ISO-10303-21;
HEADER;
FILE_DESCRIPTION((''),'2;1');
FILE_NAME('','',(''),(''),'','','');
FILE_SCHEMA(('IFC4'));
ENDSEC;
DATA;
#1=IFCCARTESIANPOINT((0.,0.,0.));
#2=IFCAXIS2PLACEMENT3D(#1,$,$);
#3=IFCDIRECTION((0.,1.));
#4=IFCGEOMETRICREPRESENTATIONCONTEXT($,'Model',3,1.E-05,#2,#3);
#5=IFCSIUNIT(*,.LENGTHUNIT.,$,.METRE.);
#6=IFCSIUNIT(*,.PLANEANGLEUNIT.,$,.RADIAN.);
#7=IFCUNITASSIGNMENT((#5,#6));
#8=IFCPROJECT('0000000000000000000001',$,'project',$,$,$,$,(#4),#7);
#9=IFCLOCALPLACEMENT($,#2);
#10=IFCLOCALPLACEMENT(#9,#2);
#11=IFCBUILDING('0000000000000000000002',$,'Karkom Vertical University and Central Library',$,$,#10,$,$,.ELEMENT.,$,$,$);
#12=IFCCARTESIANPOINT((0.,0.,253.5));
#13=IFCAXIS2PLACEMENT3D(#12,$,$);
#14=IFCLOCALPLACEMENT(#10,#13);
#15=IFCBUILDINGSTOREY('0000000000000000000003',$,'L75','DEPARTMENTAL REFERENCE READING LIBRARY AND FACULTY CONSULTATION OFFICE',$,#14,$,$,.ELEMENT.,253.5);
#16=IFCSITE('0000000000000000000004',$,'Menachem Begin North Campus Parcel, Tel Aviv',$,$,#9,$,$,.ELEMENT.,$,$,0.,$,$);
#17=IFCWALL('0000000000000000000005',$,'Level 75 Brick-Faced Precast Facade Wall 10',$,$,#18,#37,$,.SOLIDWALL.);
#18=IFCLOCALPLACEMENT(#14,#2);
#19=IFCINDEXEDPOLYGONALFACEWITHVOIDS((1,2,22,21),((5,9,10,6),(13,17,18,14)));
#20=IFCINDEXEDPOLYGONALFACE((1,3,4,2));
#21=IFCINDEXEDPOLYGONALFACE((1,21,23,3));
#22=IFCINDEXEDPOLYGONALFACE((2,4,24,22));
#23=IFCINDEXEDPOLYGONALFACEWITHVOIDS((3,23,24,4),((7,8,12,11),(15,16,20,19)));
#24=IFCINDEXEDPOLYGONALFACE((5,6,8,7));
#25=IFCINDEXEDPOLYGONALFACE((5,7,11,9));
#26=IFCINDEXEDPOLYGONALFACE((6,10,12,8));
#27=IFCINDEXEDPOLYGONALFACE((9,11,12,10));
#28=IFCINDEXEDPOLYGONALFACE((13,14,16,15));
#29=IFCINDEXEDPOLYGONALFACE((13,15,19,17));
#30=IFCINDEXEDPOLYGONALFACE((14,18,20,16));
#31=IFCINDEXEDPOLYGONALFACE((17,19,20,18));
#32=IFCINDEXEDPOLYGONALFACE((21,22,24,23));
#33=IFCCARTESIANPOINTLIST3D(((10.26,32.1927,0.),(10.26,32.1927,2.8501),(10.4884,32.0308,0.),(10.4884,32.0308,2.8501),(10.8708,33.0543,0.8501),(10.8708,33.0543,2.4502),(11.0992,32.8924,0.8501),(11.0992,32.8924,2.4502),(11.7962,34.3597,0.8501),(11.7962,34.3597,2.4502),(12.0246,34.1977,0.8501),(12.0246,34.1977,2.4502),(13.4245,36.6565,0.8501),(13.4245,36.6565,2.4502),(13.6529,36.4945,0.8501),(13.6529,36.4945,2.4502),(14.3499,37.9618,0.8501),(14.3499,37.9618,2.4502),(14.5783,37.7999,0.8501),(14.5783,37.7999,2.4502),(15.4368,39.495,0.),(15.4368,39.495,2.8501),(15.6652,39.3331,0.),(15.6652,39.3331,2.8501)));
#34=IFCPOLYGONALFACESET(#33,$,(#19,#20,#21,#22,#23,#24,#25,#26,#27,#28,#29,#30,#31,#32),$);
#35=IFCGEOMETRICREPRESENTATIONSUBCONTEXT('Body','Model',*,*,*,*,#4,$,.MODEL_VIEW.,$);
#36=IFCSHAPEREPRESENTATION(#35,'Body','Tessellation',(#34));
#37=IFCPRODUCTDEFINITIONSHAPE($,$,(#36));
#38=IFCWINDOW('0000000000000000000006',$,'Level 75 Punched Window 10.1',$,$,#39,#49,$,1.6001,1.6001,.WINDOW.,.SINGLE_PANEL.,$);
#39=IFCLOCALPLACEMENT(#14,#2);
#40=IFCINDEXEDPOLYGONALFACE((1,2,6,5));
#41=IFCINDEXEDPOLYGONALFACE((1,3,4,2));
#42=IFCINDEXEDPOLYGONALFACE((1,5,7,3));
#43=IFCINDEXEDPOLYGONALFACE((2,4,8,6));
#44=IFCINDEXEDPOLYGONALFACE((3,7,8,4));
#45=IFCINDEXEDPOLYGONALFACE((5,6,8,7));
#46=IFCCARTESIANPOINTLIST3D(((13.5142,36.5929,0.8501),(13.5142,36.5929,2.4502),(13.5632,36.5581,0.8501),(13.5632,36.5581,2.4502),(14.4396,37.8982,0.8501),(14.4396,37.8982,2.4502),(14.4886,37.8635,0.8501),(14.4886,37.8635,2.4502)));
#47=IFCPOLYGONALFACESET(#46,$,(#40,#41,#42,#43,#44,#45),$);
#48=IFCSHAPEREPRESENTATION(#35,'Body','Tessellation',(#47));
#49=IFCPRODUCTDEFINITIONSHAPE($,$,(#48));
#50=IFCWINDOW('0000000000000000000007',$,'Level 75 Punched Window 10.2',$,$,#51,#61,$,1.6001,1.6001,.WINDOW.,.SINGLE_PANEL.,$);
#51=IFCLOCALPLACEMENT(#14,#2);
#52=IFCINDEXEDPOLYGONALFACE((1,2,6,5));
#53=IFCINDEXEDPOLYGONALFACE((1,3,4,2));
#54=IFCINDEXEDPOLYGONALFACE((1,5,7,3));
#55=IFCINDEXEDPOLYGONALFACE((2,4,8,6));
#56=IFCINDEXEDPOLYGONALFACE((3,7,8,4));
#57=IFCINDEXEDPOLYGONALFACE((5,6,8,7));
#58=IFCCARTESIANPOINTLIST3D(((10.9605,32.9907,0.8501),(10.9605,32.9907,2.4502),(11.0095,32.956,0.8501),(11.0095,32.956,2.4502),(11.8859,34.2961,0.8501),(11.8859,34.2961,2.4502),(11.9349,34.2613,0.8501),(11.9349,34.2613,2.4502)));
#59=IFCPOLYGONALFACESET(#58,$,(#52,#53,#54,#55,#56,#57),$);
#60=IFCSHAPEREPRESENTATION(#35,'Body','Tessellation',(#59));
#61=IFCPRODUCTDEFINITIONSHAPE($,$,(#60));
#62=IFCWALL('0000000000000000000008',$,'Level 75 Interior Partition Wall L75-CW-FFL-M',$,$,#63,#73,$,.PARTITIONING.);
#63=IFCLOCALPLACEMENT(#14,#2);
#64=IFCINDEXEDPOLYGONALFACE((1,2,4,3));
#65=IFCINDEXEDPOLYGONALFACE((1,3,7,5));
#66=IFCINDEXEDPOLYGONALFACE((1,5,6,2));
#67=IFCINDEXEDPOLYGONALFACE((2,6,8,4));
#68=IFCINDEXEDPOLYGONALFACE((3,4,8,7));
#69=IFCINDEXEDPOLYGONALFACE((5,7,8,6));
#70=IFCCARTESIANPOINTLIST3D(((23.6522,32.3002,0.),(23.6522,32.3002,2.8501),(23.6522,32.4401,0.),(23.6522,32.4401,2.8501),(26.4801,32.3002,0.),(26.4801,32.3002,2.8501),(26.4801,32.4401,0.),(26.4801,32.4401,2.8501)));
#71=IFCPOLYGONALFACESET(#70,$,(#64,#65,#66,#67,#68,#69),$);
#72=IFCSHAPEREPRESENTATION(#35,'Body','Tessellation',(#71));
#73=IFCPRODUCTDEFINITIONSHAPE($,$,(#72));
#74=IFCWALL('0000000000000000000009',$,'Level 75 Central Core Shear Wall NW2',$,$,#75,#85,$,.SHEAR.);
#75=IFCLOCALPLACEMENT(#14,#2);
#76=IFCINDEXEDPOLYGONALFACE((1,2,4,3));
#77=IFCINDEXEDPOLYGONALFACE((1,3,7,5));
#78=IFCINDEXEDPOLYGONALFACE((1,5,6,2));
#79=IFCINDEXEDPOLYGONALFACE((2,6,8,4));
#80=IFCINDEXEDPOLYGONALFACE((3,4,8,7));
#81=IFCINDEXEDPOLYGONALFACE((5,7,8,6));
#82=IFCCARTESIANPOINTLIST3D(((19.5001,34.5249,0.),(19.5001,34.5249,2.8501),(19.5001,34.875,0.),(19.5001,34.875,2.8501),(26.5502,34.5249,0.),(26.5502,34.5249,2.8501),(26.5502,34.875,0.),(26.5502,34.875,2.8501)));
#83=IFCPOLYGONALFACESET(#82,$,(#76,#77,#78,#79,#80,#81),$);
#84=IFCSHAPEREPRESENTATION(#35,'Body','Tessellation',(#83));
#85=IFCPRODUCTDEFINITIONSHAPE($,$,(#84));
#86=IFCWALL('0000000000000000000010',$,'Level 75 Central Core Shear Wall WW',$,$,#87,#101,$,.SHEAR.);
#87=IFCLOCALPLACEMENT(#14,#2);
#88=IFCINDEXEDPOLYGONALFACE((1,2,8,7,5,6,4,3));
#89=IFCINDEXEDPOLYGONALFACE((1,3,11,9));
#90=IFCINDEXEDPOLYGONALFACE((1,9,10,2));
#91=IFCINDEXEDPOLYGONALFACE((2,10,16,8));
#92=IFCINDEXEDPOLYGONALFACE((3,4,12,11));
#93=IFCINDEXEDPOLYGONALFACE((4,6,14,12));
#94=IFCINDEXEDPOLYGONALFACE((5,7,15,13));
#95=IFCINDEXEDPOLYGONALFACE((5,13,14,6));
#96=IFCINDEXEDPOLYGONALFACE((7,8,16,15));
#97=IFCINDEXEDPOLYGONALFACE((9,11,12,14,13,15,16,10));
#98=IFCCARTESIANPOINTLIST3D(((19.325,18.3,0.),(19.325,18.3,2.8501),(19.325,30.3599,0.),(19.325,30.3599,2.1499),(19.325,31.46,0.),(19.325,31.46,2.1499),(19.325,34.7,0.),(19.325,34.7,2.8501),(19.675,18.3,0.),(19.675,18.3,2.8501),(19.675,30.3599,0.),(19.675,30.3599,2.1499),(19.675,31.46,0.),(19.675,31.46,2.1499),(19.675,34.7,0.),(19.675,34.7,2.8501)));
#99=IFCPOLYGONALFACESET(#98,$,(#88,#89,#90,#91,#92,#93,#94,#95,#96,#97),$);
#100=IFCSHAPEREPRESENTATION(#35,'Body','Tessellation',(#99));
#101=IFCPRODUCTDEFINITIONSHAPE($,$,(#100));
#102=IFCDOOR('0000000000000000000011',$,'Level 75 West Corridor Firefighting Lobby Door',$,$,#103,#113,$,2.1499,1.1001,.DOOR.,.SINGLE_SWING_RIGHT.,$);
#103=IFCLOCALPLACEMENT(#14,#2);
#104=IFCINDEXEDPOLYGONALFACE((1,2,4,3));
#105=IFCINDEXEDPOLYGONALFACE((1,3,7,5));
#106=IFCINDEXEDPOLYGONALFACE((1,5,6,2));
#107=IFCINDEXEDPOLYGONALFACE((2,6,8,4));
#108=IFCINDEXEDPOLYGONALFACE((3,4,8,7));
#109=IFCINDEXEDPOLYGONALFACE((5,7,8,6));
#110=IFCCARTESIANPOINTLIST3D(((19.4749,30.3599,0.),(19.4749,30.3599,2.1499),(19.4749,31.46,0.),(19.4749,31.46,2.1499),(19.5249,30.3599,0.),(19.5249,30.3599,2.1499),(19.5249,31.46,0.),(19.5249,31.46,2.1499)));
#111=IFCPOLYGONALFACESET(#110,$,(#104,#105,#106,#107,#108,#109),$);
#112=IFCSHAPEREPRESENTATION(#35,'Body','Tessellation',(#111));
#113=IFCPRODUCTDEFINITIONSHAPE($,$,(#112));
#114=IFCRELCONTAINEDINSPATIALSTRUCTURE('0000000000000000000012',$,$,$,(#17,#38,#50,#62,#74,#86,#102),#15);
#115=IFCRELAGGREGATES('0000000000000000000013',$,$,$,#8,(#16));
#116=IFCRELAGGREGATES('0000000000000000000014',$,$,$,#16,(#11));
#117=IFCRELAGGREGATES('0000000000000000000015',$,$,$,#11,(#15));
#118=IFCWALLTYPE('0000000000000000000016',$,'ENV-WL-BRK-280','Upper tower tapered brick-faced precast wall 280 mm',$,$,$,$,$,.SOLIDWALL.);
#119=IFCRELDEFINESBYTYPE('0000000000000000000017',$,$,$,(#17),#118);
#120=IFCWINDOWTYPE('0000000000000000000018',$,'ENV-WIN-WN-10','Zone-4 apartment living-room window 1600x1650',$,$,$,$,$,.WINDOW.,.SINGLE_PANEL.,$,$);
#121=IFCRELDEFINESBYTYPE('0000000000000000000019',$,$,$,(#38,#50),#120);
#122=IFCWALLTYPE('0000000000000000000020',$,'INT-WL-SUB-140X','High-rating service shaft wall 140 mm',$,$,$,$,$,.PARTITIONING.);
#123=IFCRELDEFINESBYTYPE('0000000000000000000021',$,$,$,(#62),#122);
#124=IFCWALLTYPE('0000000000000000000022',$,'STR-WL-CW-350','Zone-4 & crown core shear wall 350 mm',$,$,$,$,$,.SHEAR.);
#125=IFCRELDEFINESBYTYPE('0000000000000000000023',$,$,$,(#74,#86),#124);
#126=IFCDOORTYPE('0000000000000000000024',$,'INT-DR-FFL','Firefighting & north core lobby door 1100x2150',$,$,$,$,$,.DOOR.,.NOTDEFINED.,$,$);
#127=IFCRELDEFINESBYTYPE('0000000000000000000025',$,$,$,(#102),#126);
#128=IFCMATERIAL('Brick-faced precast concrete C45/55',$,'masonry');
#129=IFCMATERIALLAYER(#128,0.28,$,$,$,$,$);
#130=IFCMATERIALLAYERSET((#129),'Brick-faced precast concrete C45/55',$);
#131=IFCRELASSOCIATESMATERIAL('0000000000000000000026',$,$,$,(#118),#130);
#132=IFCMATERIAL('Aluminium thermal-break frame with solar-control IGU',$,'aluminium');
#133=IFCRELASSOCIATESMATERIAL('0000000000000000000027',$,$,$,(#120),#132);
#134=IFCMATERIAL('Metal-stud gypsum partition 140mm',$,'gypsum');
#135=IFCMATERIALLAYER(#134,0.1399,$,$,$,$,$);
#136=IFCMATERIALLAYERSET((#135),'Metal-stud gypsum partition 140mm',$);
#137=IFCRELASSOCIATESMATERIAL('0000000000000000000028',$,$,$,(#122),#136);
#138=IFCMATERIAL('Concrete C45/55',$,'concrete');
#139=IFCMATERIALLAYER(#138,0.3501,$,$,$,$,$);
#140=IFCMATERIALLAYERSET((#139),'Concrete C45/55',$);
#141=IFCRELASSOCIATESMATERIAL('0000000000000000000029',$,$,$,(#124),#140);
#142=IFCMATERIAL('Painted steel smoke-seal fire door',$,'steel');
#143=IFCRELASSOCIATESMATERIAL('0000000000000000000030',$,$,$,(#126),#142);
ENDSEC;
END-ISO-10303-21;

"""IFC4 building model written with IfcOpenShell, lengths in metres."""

from ifc_helpers import new_model, si_unit, direction, frame, frame_2d, origin, origin_with_axes, place, context, subcontext, project, spatial, rectangle, extrude, source, transform, mapped, material, layer, layer_set, type_object, element, fill, save


model = new_model("IFC4")

# Units and contexts
model_context = context("Model", 3, precision=1e-05, world=origin(), true_north=direction((0.0, 1.0)))
body_context = subcontext(model_context, "Body", "Model", "MODEL_VIEW")
ifc_project = project(units=[si_unit("LENGTHUNIT", "METRE"), si_unit("PLANEANGLEUNIT", "RADIAN")], contexts=[model_context])

# Site, building, storey
site_placement = place(None, origin())
site = spatial("IfcSite", under=ifc_project, at=site_placement, Name="Menachem Begin North Campus Parcel, Tel Aviv", CompositionType="ELEMENT", RefElevation=0.0)
building_placement = place(site_placement, origin())
building = spatial("IfcBuilding", under=site, at=building_placement, Name="Karkom Vertical University and Central Library", CompositionType="ELEMENT")
storey_placement = place(building_placement, frame((0.0, 0.0, 253.5)))
storey = spatial("IfcBuildingStorey", under=building, at=storey_placement, Name="L75", Description="DEPARTMENTAL REFERENCE READING LIBRARY AND FACULTY CONSULTATION OFFICE", CompositionType="ELEMENT", Elevation=253.5)

# Shared definitions
ifc_material_1 = material(Name="Concrete C45/55", Category="concrete")

# Shared definitions
ifc_material_2 = material(Name="Brick-faced precast concrete C45/55", Category="masonry")
ifc_layer_1 = layer(ifc_material_2, 0.28)
ifc_layer_set_1 = layer_set([ifc_layer_1], Name="Brick-faced precast concrete C45/55")
wall_type_1 = type_object("IfcWallType", Name="ENV-WL-BRK-280", Description="Upper tower tapered brick-faced precast wall 280 mm", PredefinedType="SOLIDWALL", material=ifc_layer_set_1)
ifc_material_3 = material(Name="Aluminium thermal-break frame with solar-control IGU", Category="aluminium")
window_type = type_object("IfcWindowType", Name="ENV-WIN-WN-10", Description="Zone-4 apartment living-room window 1600x1650", PartitioningType="SINGLE_PANEL", PredefinedType="WINDOW", material=ifc_material_3)
shared_shape_1 = source(origin_with_axes(), body_context, "Body", "SweptSolid", [
    extrude(rectangle(XDim=1.6001, YDim=1.6001, at=frame_2d((0.8, 0.8))), frame((0.0, 0.03, 0.0), z_axis=(0.0, -1.0, 0.0), x_axis=(1.0, 0.0, 0.0)), (0.0, 0.0, 1.0), 0.0601),
])

# Wall, openings, windows
wall_1_placement = place(storey_placement, frame((15.551, 39.4141, 0.0), z_axis=(0.0, 0.0, 1.0), x_axis=(-0.57834, -0.815796, 0.0)))
wall_1 = element("IfcWall", 1, at=wall_1_placement, inside=storey, type_object=wall_type_1, Name="Level 75 Brick-Faced Precast Facade Wall 10", PredefinedType="SOLIDWALL", context=body_context, shape_type="SweptSolid", body=[
    extrude(rectangle(XDim=8.9512, YDim=0.28, at=frame_2d((4.4756, 0.0))), origin(), (0.0, 0.0, 1.0), 2.8501),
])
opening_1_placement = place(wall_1_placement, frame((1.8794, 0.0, 0.8501)))
opening_1 = element("IfcOpeningElement", 2, at=opening_1_placement, cuts=wall_1, PredefinedType="OPENING", context=body_context, shape_type="SweptSolid", body=[
    extrude(rectangle(XDim=1.6001, YDim=1.6001, at=frame_2d((0.8, 0.8))), frame((0.0, 0.1499, 0.0), z_axis=(0.0, -1.0, 0.0), x_axis=(1.0, 0.0, 0.0)), (0.0, 0.0, 1.0), 0.3),
])
opening_2_placement = place(wall_1_placement, frame((6.2949, 0.0, 0.8501)))
opening_2 = element("IfcOpeningElement", 3, at=opening_2_placement, cuts=wall_1, PredefinedType="OPENING", context=body_context, shape_type="SweptSolid", body=[
    extrude(rectangle(XDim=1.6001, YDim=1.6001, at=frame_2d((0.8, 0.8))), frame((0.0, 0.1499, 0.0), z_axis=(0.0, -1.0, 0.0), x_axis=(1.0, 0.0, 0.0)), (0.0, 0.0, 1.0), 0.3),
])
window_1_placement = place(opening_1_placement, origin())
window_1 = element("IfcWindow", 4, at=window_1_placement, inside=storey, type_object=window_type, Name="Level 75 Punched Window 10.1", OverallHeight=1.6001, OverallWidth=1.6001, PartitioningType="SINGLE_PANEL", PredefinedType="WINDOW", context=body_context, shape_type="MappedRepresentation", body=[
    mapped(shared_shape_1, transform((0.0, 0.0, 0.0), scale=1.0)),
])
fill(opening_1, window_1)
window_2_placement = place(opening_2_placement, origin())
window_2 = element("IfcWindow", 5, at=window_2_placement, inside=storey, type_object=window_type, Name="Level 75 Punched Window 10.2", OverallHeight=1.6001, OverallWidth=1.6001, PartitioningType="SINGLE_PANEL", PredefinedType="WINDOW", context=body_context, shape_type="MappedRepresentation", body=[
    mapped(shared_shape_1, transform((0.0, 0.0, 0.0), scale=1.0)),
])
fill(opening_2, window_2)

# Walls
ifc_material_4 = material(Name="Metal-stud gypsum partition 140mm", Category="gypsum")
ifc_layer_2 = layer(ifc_material_4, 0.1399)
ifc_layer_set_2 = layer_set([ifc_layer_2], Name="Metal-stud gypsum partition 140mm")
wall_type_2 = type_object("IfcWallType", Name="INT-WL-SUB-140X", Description="High-rating service shaft wall 140 mm", PredefinedType="PARTITIONING", material=ifc_layer_set_2)
wall_2_placement = place(storey_placement, frame((23.6521, 32.3701, 0.0), z_axis=(0.0, 0.0, 1.0), x_axis=(1.0, 0.0, 0.0)))
element("IfcWall", 6, at=wall_2_placement, inside=storey, type_object=wall_type_2, Name="Level 75 Interior Partition Wall L75-CW-FFL-M", PredefinedType="PARTITIONING", context=body_context, shape_type="SweptSolid", body=[
    extrude(rectangle(XDim=2.8279, YDim=0.1399, at=frame_2d((1.4141, 0.0))), origin(), (0.0, 0.0, 1.0), 2.8501),
])
ifc_layer_3 = layer(ifc_material_1, 0.3501)
ifc_layer_set_3 = layer_set([ifc_layer_3], Name="Concrete C45/55")
wall_type_3 = type_object("IfcWallType", Name="STR-WL-CW-350", Description="Zone-4 & crown core shear wall 350 mm", PredefinedType="SHEAR", material=ifc_layer_set_3)
wall_3_placement = place(storey_placement, frame((26.55, 34.7, 0.0), z_axis=(0.0, 0.0, 1.0), x_axis=(-1.0, 0.0, 0.0)))
element("IfcWall", 7, at=wall_3_placement, inside=storey, type_object=wall_type_3, Name="Level 75 Central Core Shear Wall NW2", PredefinedType="SHEAR", context=body_context, shape_type="SweptSolid", body=[
    extrude(rectangle(XDim=7.05, YDim=0.3501, at=frame_2d((3.5249, 0.0))), origin(), (0.0, 0.0, 1.0), 2.8501),
])

# Wall, opening, door
wall_4_placement = place(storey_placement, frame((19.5, 34.7, 0.0), z_axis=(0.0, 0.0, 1.0), x_axis=(0.0, -1.0, 0.0)))
wall_4 = element("IfcWall", 8, at=wall_4_placement, inside=storey, type_object=wall_type_3, Name="Level 75 Central Core Shear Wall WW", PredefinedType="SHEAR", context=body_context, shape_type="SweptSolid", body=[
    extrude(rectangle(XDim=16.3999, YDim=0.3501, at=frame_2d((8.2, 0.0))), origin(), (0.0, 0.0, 1.0), 2.8501),
])
opening_3_placement = place(wall_4_placement, frame((3.24, 0.0, 0.0)))
opening_3 = element("IfcOpeningElement", 9, at=opening_3_placement, cuts=wall_4, PredefinedType="OPENING", context=body_context, shape_type="SweptSolid", body=[
    extrude(rectangle(XDim=1.1001, YDim=2.1499, at=frame_2d((0.55, 1.075))), frame((0.0, 0.1851, 0.0), z_axis=(0.0, -1.0, 0.0), x_axis=(1.0, 0.0, 0.0)), (0.0, 0.0, 1.0), 0.3701),
])
ifc_material_5 = material(Name="Painted steel smoke-seal fire door", Category="steel")
door_type = type_object("IfcDoorType", Name="INT-DR-FFL", Description="Firefighting & north core lobby door 1100x2150", OperationType="NOTDEFINED", PredefinedType="DOOR", material=ifc_material_5)
shared_shape_2 = source(origin_with_axes(), body_context, "Body", "SweptSolid", [
    extrude(rectangle(XDim=1.1001, YDim=2.1499, at=frame_2d((0.55, 1.075))), frame((0.0, 0.0249, 0.0), z_axis=(0.0, -1.0, 0.0), x_axis=(1.0, 0.0, 0.0)), (0.0, 0.0, 1.0), 0.05),
])
door_placement = place(opening_3_placement, origin())
door = element("IfcDoor", 10, at=door_placement, inside=storey, type_object=door_type, Name="Level 75 West Corridor Firefighting Lobby Door", OperationType="SINGLE_SWING_RIGHT", OverallHeight=2.1499, OverallWidth=1.1001, PredefinedType="DOOR", context=body_context, shape_type="MappedRepresentation", body=[
    mapped(shared_shape_2, transform((0.0, 0.0, 0.0), scale=1.0)),
])
fill(opening_3, door)

save(model, "model.ifc")
